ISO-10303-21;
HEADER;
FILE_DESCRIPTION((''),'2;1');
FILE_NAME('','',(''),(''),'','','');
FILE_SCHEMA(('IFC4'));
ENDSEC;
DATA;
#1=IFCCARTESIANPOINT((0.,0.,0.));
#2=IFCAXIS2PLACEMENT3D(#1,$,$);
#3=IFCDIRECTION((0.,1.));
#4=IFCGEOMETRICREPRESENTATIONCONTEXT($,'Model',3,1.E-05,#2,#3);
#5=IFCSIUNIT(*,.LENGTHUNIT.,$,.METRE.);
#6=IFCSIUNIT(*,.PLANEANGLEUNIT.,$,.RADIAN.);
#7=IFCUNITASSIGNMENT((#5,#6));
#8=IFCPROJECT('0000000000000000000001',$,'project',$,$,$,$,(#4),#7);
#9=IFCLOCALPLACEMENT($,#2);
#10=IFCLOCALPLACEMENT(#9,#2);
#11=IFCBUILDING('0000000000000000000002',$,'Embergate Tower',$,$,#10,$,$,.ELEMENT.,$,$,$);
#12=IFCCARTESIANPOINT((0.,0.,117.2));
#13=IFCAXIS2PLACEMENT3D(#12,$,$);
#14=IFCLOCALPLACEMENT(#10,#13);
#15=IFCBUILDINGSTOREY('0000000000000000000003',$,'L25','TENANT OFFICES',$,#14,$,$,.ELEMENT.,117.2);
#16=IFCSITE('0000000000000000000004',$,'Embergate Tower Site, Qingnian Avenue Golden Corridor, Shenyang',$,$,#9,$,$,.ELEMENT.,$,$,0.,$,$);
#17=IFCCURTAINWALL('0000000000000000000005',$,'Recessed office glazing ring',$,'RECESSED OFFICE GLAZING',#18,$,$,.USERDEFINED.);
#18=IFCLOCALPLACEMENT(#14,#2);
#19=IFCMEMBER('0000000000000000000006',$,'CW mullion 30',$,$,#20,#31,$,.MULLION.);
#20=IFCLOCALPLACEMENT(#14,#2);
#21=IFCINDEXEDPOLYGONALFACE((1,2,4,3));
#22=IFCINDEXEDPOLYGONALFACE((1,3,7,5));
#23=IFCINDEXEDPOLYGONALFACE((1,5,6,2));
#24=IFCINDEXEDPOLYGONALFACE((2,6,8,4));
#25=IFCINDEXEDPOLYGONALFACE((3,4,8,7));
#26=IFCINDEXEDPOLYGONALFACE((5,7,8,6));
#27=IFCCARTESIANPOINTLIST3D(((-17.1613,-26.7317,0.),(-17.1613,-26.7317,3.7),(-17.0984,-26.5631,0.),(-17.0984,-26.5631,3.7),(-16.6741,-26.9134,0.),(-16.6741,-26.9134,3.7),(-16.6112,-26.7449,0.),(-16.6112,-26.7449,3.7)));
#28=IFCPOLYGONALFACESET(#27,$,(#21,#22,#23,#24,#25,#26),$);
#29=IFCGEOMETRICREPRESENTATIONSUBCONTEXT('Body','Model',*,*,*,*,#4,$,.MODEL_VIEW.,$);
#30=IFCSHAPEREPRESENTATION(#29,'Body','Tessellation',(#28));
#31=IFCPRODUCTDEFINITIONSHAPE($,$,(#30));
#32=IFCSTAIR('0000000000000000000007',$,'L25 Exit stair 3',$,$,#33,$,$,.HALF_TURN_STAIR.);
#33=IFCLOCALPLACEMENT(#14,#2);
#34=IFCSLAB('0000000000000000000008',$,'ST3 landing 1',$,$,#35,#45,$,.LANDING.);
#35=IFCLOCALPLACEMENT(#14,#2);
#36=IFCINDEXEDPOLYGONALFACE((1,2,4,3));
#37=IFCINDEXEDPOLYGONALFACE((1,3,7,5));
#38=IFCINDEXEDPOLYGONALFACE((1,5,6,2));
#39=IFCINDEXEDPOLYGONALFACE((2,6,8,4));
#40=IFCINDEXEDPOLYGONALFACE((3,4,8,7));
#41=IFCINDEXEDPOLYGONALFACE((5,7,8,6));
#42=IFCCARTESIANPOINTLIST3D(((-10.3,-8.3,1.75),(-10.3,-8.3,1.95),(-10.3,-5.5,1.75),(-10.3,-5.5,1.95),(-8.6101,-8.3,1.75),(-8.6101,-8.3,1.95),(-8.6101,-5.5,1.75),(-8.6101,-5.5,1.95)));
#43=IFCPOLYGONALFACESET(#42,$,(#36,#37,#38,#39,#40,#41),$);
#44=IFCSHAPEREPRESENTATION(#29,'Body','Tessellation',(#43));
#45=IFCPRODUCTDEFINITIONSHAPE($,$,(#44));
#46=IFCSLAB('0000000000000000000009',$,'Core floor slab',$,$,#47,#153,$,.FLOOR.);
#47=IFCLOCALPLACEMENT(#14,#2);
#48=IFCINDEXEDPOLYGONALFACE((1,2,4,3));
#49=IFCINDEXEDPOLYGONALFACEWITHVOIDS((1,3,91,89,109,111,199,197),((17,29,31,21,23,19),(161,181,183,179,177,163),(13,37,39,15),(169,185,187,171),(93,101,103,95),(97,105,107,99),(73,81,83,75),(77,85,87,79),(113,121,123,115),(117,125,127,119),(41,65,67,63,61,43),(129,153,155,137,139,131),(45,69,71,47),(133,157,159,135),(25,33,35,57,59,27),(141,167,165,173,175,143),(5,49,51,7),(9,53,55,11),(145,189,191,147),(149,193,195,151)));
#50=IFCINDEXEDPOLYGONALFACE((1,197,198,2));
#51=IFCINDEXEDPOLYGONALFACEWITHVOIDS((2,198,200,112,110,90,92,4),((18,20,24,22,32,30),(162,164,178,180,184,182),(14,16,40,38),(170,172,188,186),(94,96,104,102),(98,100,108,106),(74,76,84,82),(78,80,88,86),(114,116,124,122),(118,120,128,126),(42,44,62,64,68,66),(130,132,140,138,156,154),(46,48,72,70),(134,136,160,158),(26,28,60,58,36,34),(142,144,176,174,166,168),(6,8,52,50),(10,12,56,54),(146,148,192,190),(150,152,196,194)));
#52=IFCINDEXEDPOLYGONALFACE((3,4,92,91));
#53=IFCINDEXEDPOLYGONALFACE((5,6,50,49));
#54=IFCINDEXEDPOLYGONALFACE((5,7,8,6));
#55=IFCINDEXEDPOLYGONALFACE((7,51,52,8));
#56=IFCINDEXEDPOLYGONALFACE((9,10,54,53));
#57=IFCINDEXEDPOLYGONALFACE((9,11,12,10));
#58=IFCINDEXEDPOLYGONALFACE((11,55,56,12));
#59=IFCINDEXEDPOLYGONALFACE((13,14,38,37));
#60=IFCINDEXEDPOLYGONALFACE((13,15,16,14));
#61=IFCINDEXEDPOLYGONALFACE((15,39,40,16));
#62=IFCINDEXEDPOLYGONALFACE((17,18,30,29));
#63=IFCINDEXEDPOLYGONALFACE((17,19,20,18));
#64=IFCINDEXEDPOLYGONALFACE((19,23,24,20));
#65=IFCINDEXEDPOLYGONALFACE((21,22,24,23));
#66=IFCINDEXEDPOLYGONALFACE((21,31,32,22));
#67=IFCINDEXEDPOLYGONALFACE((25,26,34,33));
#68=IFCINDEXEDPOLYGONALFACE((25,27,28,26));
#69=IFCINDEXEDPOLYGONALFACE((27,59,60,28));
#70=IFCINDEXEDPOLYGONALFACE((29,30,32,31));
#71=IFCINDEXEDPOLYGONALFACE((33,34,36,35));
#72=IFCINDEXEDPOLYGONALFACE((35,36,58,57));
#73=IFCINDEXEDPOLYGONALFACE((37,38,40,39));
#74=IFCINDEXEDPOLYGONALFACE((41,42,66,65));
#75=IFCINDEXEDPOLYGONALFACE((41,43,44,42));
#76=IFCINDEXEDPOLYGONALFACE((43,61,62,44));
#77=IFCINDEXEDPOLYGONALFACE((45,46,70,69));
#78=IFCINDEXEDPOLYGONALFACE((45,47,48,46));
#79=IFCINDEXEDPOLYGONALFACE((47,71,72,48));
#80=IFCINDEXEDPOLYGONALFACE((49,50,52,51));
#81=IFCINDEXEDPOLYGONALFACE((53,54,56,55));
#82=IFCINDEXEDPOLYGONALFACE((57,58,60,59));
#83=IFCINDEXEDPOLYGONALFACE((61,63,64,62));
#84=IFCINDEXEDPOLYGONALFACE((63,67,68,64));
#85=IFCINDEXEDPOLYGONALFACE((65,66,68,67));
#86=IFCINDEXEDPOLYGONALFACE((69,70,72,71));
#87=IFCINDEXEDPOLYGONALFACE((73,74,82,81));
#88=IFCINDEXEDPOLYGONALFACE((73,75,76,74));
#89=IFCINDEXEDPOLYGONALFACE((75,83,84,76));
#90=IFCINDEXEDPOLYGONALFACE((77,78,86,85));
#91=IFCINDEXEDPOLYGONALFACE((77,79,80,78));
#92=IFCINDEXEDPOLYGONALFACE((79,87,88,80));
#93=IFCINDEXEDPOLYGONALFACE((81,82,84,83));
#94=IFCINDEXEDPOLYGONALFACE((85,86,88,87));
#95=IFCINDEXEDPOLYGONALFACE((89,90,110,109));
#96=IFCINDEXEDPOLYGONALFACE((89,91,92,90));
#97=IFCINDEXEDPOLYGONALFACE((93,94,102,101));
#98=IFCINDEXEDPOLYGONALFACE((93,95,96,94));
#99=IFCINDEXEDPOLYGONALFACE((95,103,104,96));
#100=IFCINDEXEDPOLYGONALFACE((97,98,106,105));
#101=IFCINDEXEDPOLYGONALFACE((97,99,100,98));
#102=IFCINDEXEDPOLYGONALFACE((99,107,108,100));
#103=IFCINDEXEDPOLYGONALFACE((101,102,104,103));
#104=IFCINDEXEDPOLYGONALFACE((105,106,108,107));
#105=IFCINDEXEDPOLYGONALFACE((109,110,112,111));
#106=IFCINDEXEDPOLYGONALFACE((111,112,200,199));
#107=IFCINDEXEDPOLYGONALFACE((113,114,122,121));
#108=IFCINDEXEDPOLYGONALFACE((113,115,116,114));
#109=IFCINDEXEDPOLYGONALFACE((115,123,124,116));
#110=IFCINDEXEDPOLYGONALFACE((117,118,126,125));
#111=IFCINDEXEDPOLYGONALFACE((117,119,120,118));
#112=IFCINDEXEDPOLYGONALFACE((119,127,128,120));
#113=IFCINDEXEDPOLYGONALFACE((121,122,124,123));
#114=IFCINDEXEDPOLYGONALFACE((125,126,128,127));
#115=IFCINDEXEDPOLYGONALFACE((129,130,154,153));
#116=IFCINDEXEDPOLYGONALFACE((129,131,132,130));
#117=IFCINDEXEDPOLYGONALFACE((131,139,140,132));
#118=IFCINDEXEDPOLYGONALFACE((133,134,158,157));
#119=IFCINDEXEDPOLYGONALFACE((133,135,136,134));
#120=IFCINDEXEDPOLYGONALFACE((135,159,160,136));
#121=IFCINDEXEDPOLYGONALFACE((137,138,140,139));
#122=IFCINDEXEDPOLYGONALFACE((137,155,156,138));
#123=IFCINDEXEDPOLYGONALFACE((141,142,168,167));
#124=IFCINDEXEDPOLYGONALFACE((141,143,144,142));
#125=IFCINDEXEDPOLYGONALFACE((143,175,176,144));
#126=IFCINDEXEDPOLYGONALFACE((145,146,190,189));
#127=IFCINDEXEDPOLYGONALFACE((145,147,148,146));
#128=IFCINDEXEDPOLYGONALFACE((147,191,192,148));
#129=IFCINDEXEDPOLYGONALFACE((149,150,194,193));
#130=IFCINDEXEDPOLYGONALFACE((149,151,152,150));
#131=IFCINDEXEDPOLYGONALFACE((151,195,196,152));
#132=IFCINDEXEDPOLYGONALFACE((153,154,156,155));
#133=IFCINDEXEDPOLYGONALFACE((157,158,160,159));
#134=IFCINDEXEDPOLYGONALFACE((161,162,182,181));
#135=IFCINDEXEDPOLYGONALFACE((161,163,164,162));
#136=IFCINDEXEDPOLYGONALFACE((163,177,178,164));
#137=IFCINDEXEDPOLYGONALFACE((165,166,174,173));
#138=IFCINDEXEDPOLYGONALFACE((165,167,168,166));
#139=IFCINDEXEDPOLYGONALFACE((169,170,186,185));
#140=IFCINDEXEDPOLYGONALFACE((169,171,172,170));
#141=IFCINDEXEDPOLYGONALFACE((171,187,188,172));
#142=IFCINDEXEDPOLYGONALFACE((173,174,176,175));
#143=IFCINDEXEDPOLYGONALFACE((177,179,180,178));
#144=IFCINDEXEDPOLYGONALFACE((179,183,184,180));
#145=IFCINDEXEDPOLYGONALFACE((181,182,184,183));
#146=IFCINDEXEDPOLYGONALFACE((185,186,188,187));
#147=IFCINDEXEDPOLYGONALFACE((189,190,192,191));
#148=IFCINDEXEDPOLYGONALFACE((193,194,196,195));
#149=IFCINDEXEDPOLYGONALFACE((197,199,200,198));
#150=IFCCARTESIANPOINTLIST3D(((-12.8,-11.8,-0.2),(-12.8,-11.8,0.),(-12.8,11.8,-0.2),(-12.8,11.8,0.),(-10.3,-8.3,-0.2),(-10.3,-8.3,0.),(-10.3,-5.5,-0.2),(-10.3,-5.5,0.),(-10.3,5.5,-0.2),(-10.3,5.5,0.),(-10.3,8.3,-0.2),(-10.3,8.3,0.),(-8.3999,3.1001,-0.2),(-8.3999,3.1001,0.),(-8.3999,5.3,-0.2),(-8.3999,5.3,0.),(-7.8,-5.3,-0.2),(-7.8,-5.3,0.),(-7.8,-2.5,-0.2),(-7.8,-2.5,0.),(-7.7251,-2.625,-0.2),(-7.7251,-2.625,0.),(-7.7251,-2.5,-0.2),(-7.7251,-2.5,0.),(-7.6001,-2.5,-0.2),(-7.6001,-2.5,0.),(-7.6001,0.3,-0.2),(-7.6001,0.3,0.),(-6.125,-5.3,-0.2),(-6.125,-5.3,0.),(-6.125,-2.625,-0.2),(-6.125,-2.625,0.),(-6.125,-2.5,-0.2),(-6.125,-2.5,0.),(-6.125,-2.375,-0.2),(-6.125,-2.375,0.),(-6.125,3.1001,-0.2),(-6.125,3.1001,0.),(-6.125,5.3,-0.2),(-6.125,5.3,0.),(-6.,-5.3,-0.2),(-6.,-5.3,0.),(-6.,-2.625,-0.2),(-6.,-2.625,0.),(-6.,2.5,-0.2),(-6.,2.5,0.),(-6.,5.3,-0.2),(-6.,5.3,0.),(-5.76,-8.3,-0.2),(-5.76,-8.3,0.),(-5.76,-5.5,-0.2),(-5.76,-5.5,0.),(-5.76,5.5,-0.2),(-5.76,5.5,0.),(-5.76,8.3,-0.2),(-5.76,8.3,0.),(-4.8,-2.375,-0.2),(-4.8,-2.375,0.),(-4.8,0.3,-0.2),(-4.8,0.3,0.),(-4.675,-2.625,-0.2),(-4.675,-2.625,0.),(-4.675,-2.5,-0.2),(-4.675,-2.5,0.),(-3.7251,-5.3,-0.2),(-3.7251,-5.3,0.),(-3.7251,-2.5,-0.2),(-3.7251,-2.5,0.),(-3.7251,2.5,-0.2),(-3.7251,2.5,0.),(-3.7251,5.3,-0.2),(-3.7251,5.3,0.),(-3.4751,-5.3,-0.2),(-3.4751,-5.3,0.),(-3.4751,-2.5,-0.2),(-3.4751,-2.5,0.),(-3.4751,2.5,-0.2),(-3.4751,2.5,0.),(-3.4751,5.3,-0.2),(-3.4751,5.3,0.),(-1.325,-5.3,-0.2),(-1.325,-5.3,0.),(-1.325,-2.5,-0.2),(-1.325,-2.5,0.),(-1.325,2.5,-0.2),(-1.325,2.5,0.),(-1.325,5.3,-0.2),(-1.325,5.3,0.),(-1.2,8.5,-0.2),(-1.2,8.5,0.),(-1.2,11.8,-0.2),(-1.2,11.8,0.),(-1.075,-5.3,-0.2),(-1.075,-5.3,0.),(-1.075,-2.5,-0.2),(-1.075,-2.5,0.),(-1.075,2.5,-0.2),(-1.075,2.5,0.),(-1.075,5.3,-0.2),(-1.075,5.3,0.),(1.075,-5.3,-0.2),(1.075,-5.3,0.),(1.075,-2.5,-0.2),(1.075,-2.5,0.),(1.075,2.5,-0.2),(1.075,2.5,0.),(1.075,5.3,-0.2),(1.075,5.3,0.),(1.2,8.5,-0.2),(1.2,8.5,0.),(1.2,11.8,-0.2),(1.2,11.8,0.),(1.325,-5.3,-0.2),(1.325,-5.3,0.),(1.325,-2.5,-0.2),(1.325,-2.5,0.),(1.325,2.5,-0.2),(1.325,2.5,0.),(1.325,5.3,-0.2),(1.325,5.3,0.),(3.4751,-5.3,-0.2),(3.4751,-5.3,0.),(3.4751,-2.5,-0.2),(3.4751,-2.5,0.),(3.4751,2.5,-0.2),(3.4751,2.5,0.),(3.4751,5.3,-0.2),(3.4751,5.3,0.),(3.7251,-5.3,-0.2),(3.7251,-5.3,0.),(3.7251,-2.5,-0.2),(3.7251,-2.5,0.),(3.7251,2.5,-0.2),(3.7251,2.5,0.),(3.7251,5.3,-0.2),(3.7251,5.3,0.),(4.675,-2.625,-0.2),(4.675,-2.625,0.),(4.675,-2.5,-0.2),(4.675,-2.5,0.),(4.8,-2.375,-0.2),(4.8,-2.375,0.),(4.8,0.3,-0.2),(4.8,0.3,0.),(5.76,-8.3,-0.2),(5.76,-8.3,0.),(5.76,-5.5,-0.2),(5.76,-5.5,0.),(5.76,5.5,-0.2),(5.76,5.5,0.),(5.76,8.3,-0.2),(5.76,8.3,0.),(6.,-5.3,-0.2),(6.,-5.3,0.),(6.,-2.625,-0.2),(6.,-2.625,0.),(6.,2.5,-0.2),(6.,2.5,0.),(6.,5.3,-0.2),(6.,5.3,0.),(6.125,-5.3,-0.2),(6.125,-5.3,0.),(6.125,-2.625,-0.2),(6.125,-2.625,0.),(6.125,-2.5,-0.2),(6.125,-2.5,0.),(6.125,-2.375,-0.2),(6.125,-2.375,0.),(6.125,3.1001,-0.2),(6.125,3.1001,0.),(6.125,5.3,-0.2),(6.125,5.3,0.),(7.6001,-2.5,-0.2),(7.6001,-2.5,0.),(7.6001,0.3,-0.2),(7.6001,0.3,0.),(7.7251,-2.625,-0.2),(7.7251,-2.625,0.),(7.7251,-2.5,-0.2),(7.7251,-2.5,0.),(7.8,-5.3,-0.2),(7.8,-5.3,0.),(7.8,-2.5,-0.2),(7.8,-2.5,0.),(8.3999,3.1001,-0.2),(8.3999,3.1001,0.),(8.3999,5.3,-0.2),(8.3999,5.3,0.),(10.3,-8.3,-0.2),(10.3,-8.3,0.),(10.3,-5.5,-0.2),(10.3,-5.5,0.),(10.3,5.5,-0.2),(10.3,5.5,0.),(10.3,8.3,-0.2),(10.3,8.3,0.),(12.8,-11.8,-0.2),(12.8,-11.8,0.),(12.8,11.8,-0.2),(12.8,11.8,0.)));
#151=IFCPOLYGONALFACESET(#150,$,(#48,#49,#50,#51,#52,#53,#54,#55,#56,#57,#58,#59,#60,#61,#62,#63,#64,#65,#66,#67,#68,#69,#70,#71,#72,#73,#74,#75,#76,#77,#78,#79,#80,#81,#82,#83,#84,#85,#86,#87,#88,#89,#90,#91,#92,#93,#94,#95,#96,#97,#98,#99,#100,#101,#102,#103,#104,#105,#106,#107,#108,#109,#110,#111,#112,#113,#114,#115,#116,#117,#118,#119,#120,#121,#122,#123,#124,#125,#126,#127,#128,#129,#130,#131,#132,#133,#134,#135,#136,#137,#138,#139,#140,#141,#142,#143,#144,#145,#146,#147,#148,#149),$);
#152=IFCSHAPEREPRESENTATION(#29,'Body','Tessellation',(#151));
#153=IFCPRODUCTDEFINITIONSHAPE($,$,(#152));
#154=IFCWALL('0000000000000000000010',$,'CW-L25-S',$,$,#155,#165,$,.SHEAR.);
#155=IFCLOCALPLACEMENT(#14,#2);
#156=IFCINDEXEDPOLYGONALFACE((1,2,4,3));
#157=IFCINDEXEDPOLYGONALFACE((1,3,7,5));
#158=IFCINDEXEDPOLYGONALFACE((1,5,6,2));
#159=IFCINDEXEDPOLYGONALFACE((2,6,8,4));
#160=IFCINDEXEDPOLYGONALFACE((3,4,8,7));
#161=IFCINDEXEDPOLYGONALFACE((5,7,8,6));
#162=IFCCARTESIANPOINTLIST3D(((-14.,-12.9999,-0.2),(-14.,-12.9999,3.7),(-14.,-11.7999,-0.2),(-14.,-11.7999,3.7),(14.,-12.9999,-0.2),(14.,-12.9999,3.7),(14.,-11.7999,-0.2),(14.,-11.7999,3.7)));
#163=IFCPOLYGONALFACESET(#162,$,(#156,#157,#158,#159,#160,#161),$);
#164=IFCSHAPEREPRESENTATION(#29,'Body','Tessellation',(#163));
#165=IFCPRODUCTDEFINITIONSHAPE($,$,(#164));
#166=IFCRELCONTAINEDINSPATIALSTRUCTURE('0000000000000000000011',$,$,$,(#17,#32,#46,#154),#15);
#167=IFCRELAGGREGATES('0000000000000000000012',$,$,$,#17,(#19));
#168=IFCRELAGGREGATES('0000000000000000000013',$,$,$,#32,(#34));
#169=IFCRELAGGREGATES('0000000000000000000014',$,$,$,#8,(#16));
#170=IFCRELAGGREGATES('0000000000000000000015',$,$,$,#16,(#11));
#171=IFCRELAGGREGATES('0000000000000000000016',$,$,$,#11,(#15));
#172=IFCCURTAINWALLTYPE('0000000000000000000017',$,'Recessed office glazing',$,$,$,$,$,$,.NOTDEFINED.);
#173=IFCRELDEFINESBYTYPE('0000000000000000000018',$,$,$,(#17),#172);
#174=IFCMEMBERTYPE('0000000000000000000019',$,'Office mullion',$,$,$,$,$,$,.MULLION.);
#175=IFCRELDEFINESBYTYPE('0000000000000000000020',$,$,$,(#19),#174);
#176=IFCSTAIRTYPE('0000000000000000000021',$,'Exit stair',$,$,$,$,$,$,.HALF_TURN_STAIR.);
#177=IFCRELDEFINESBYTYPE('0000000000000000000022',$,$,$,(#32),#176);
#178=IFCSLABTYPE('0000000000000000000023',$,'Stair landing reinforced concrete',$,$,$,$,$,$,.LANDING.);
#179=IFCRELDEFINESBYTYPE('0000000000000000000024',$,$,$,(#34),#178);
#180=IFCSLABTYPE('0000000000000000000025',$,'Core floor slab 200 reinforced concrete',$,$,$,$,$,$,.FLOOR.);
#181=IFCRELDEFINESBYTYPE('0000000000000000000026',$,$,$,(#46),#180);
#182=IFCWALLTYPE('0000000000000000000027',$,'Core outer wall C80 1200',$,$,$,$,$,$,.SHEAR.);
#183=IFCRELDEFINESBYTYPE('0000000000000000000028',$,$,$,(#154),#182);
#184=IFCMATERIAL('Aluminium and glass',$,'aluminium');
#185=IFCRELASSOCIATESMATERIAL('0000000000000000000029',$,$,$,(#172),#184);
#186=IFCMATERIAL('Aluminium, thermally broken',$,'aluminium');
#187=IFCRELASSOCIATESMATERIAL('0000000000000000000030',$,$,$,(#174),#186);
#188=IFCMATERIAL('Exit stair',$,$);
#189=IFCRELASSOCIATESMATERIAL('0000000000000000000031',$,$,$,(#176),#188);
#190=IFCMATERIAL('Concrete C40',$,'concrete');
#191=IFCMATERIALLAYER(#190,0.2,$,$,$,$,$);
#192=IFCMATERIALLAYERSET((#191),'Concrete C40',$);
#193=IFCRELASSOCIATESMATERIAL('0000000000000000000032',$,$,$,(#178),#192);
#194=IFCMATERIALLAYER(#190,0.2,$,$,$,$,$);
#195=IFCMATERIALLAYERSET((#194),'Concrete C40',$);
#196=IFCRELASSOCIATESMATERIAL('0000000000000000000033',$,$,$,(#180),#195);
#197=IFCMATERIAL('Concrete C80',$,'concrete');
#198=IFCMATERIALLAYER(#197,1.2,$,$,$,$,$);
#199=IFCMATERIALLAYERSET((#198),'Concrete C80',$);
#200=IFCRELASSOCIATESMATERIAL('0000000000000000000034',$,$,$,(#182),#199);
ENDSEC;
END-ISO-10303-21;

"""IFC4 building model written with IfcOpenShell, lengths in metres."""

from ifc_helpers import new_model, si_unit, direction, frame, frame_2d, origin, origin_2d, place, context, subcontext, project, spatial, polyline, rectangle, outline, extrude, source, transform, mapped, material, layer, layer_set, material_profile, profile_set, type_object, element, aggregate, save


model = new_model("IFC4")

# Units and contexts
model_context = context("Model", 3, precision=1e-05, world=origin(), true_north=direction((0.0, 1.0)))
body_context = subcontext(model_context, "Body", "Model", "MODEL_VIEW")
ifc_project = project(units=[si_unit("LENGTHUNIT", "METRE"), si_unit("PLANEANGLEUNIT", "RADIAN")], contexts=[model_context])

# Site, building, storey
site_placement = place(None, origin())
site = spatial("IfcSite", under=ifc_project, at=site_placement, Name="Embergate Tower Site, Qingnian Avenue Golden Corridor, Shenyang", CompositionType="ELEMENT", RefElevation=0.0)
building_placement = place(site_placement, origin())
building = spatial("IfcBuilding", under=site, at=building_placement, Name="Embergate Tower", CompositionType="ELEMENT")
storey_placement = place(building_placement, frame((0.0, 0.0, 117.2)))
storey = spatial("IfcBuildingStorey", under=building, at=storey_placement, Name="L25", Description="TENANT OFFICES", CompositionType="ELEMENT", Elevation=117.2)

# Curtain wall, member
ifc_material_1 = material(Name="Aluminium and glass", Category="aluminium")
curtain_wall_type = type_object("IfcCurtainWallType", Name="Recessed office glazing", PredefinedType="NOTDEFINED", material=ifc_material_1)
curtain_wall_placement = place(storey_placement, origin())
curtain_wall = element("IfcCurtainWall", 1, at=curtain_wall_placement, inside=storey, type_object=curtain_wall_type, Name="Recessed office glazing ring", ObjectType="RECESSED OFFICE GLAZING", PredefinedType="USERDEFINED")
ifc_material_2 = material(Name="Aluminium, thermally broken", Category="aluminium")
ifc_material_profile = material_profile(ifc_material_2, rectangle(XDim=0.1799, YDim=0.52, at=origin_2d()), Name="AL 520x180")
ifc_profile_set = profile_set([ifc_material_profile], Name="Aluminium, thermally broken")
member_type = type_object("IfcMemberType", Name="Office mullion", PredefinedType="MULLION", material=ifc_profile_set)
shared_shape_1 = source(origin(), body_context, "Body", "SweptSolid", [
    extrude(rectangle(XDim=0.1799, YDim=0.52, at=origin_2d()), origin(), (0.0, 0.0, 1.0), 3.7),
])
member_placement = place(storey_placement, frame((-16.8862, -26.7383, 0.0), z_axis=(0.0, 0.0, 1.0), x_axis=(0.349506, 0.936934, 0.0)))
member = element("IfcMember", 2, at=member_placement, type_object=member_type, Name="CW mullion 30", PredefinedType="MULLION", context=body_context, shape_type="MappedRepresentation", body=[
    mapped(shared_shape_1, transform((0.0, 0.0, 0.0))),
])
aggregate(curtain_wall, [member])

# Stair, slab
ifc_material_3 = material(Name="Exit stair")
stair_type = type_object("IfcStairType", Name="Exit stair", PredefinedType="HALF_TURN_STAIR", material=ifc_material_3)
stair_placement = place(storey_placement, origin())
stair = element("IfcStair", 3, at=stair_placement, inside=storey, type_object=stair_type, Name="L25 Exit stair 3", PredefinedType="HALF_TURN_STAIR")
ifc_material_4 = material(Name="Concrete C40", Category="concrete")
ifc_layer_1 = layer(ifc_material_4, 0.2)
ifc_layer_set_1 = layer_set([ifc_layer_1], Name="Concrete C40")
slab_type_1 = type_object("IfcSlabType", Name="Stair landing reinforced concrete", PredefinedType="LANDING", material=ifc_layer_set_1)
shared_shape_2 = source(origin(), body_context, "Body", "SweptSolid", [
    extrude(outline(polyline([(0.0, 0.0), (1.6899, 0.0), (1.6899, 2.8), (0.0, 2.8), (0.0, 0.0)])), origin(), (0.0, 0.0, 1.0), 0.2),
])
slab_1_placement = place(storey_placement, frame((-10.3, -8.3, 1.75)))
slab_1 = element("IfcSlab", 4, at=slab_1_placement, type_object=slab_type_1, Name="ST3 landing 1", PredefinedType="LANDING", context=body_context, shape_type="MappedRepresentation", body=[
    mapped(shared_shape_2, transform((0.0, 0.0, 0.0))),
])

# Slab
ifc_layer_2 = layer(ifc_material_4, 0.2)
ifc_layer_set_2 = layer_set([ifc_layer_2], Name="Concrete C40")
slab_type_2 = type_object("IfcSlabType", Name="Core floor slab 200 reinforced concrete", PredefinedType="FLOOR", material=ifc_layer_set_2)
shared_shape_3 = source(origin(), body_context, "Body", "SweptSolid", [
    extrude(outline(polyline([(0.0, 0.0), (25.6001, 0.0), (25.6001, 23.6001), (14.0, 23.6001), (14.0, 20.3), (11.6001, 20.3), (11.6001, 23.6001), (0.0, 23.6001), (0.0, 0.0)]), holes=[polyline([(2.5, 3.5), (2.5, 6.3), (7.04, 6.3), (7.04, 3.5), (2.5, 3.5)]), polyline([(18.5601, 3.5), (18.5601, 6.3), (23.1001, 6.3), (23.1001, 3.5), (18.5601, 3.5)]), polyline([(5.0, 6.5), (5.0, 9.3), (5.075, 9.3), (5.075, 9.175), (6.675, 9.175), (6.675, 6.5), (5.0, 6.5)]), polyline([(6.8, 6.5), (6.8, 9.175), (8.125, 9.175), (8.125, 9.3), (9.075, 9.3), (9.075, 6.5), (6.8, 6.5)]), polyline([(9.325, 6.5), (9.325, 9.3), (11.4751, 9.3), (11.4751, 6.5), (9.325, 6.5)]), polyline([(11.7251, 6.5), (11.7251, 9.3), (13.875, 9.3), (13.875, 6.5), (11.7251, 6.5)]), polyline([(14.125, 6.5), (14.125, 9.3), (16.2751, 9.3), (16.2751, 6.5), (14.125, 6.5)]), polyline([(16.5251, 6.5), (16.5251, 9.3), (17.4751, 9.3), (17.4751, 9.175), (18.8, 9.175), (18.8, 6.5), (16.5251, 6.5)]), polyline([(18.925, 6.5), (18.925, 9.175), (20.5251, 9.175), (20.5251, 9.3), (20.6001, 9.3), (20.6001, 6.5), (18.925, 6.5)]), polyline([(5.2, 9.3), (5.2, 12.1001), (8.0, 12.1001), (8.0, 9.425), (6.675, 9.425), (6.675, 9.3), (5.2, 9.3)]), polyline([(18.925, 9.3), (18.925, 9.425), (17.6001, 9.425), (17.6001, 12.1001), (20.4001, 12.1001), (20.4001, 9.3), (18.925, 9.3)]), polyline([(6.8, 14.3), (6.8, 17.1001), (9.075, 17.1001), (9.075, 14.3), (6.8, 14.3)]), polyline([(9.325, 14.3), (9.325, 17.1001), (11.4751, 17.1001), (11.4751, 14.3), (9.325, 14.3)]), polyline([(11.7251, 14.3), (11.7251, 17.1001), (13.875, 17.1001), (13.875, 14.3), (11.7251, 14.3)]), polyline([(14.125, 14.3), (14.125, 17.1001), (16.2751, 17.1001), (16.2751, 14.3), (14.125, 14.3)]), polyline([(16.5251, 14.3), (16.5251, 17.1001), (18.8, 17.1001), (18.8, 14.3), (16.5251, 14.3)]), polyline([(4.4001, 14.9001), (4.4001, 17.1001), (6.675, 17.1001), (6.675, 14.9001), (4.4001, 14.9001)]), polyline([(18.925, 14.9001), (18.925, 17.1001), (21.2, 17.1001), (21.2, 14.9001), (18.925, 14.9001)]), polyline([(2.5, 17.3), (2.5, 20.1001), (7.04, 20.1001), (7.04, 17.3), (2.5, 17.3)]), polyline([(18.5601, 17.3), (18.5601, 20.1001), (23.1001, 20.1001), (23.1001, 17.3), (18.5601, 17.3)])]), origin(), (0.0, 0.0, 1.0), 0.2),
])
slab_2_placement = place(storey_placement, frame((-12.8, -11.8, -0.2)))
element("IfcSlab", 5, at=slab_2_placement, inside=storey, type_object=slab_type_2, Name="Core floor slab", PredefinedType="FLOOR", context=body_context, shape_type="MappedRepresentation", body=[
    mapped(shared_shape_3, transform((0.0, 0.0, 0.0))),
])

# Wall
ifc_material_5 = material(Name="Concrete C80", Category="concrete")
ifc_layer_3 = layer(ifc_material_5, 1.2)
ifc_layer_set_3 = layer_set([ifc_layer_3], Name="Concrete C80")
wall_type_1 = type_object("IfcWallType", Name="Core outer wall C80 1200", PredefinedType="SHEAR", material=ifc_layer_set_3)
shared_shape_4 = source(origin(), body_context, "Body", "SweptSolid", [
    extrude(rectangle(XDim=28.0, YDim=1.2, at=frame_2d((14.0, 0.0))), origin(), (0.0, 0.0, 1.0), 3.8999),
])
wall_1_placement = place(storey_placement, frame((-14.0, -12.3999, -0.2), z_axis=(0.0, 0.0, 1.0), x_axis=(1.0, 0.0, 0.0)))
element("IfcWall", 6, at=wall_1_placement, inside=storey, type_object=wall_type_1, Name="CW-L25-S", PredefinedType="SHEAR", context=body_context, shape_type="MappedRepresentation", body=[
    mapped(shared_shape_4, transform((0.0, 0.0, 0.0))),
])

aggregate(stair, [slab_1])

save(model, "model.ifc")
